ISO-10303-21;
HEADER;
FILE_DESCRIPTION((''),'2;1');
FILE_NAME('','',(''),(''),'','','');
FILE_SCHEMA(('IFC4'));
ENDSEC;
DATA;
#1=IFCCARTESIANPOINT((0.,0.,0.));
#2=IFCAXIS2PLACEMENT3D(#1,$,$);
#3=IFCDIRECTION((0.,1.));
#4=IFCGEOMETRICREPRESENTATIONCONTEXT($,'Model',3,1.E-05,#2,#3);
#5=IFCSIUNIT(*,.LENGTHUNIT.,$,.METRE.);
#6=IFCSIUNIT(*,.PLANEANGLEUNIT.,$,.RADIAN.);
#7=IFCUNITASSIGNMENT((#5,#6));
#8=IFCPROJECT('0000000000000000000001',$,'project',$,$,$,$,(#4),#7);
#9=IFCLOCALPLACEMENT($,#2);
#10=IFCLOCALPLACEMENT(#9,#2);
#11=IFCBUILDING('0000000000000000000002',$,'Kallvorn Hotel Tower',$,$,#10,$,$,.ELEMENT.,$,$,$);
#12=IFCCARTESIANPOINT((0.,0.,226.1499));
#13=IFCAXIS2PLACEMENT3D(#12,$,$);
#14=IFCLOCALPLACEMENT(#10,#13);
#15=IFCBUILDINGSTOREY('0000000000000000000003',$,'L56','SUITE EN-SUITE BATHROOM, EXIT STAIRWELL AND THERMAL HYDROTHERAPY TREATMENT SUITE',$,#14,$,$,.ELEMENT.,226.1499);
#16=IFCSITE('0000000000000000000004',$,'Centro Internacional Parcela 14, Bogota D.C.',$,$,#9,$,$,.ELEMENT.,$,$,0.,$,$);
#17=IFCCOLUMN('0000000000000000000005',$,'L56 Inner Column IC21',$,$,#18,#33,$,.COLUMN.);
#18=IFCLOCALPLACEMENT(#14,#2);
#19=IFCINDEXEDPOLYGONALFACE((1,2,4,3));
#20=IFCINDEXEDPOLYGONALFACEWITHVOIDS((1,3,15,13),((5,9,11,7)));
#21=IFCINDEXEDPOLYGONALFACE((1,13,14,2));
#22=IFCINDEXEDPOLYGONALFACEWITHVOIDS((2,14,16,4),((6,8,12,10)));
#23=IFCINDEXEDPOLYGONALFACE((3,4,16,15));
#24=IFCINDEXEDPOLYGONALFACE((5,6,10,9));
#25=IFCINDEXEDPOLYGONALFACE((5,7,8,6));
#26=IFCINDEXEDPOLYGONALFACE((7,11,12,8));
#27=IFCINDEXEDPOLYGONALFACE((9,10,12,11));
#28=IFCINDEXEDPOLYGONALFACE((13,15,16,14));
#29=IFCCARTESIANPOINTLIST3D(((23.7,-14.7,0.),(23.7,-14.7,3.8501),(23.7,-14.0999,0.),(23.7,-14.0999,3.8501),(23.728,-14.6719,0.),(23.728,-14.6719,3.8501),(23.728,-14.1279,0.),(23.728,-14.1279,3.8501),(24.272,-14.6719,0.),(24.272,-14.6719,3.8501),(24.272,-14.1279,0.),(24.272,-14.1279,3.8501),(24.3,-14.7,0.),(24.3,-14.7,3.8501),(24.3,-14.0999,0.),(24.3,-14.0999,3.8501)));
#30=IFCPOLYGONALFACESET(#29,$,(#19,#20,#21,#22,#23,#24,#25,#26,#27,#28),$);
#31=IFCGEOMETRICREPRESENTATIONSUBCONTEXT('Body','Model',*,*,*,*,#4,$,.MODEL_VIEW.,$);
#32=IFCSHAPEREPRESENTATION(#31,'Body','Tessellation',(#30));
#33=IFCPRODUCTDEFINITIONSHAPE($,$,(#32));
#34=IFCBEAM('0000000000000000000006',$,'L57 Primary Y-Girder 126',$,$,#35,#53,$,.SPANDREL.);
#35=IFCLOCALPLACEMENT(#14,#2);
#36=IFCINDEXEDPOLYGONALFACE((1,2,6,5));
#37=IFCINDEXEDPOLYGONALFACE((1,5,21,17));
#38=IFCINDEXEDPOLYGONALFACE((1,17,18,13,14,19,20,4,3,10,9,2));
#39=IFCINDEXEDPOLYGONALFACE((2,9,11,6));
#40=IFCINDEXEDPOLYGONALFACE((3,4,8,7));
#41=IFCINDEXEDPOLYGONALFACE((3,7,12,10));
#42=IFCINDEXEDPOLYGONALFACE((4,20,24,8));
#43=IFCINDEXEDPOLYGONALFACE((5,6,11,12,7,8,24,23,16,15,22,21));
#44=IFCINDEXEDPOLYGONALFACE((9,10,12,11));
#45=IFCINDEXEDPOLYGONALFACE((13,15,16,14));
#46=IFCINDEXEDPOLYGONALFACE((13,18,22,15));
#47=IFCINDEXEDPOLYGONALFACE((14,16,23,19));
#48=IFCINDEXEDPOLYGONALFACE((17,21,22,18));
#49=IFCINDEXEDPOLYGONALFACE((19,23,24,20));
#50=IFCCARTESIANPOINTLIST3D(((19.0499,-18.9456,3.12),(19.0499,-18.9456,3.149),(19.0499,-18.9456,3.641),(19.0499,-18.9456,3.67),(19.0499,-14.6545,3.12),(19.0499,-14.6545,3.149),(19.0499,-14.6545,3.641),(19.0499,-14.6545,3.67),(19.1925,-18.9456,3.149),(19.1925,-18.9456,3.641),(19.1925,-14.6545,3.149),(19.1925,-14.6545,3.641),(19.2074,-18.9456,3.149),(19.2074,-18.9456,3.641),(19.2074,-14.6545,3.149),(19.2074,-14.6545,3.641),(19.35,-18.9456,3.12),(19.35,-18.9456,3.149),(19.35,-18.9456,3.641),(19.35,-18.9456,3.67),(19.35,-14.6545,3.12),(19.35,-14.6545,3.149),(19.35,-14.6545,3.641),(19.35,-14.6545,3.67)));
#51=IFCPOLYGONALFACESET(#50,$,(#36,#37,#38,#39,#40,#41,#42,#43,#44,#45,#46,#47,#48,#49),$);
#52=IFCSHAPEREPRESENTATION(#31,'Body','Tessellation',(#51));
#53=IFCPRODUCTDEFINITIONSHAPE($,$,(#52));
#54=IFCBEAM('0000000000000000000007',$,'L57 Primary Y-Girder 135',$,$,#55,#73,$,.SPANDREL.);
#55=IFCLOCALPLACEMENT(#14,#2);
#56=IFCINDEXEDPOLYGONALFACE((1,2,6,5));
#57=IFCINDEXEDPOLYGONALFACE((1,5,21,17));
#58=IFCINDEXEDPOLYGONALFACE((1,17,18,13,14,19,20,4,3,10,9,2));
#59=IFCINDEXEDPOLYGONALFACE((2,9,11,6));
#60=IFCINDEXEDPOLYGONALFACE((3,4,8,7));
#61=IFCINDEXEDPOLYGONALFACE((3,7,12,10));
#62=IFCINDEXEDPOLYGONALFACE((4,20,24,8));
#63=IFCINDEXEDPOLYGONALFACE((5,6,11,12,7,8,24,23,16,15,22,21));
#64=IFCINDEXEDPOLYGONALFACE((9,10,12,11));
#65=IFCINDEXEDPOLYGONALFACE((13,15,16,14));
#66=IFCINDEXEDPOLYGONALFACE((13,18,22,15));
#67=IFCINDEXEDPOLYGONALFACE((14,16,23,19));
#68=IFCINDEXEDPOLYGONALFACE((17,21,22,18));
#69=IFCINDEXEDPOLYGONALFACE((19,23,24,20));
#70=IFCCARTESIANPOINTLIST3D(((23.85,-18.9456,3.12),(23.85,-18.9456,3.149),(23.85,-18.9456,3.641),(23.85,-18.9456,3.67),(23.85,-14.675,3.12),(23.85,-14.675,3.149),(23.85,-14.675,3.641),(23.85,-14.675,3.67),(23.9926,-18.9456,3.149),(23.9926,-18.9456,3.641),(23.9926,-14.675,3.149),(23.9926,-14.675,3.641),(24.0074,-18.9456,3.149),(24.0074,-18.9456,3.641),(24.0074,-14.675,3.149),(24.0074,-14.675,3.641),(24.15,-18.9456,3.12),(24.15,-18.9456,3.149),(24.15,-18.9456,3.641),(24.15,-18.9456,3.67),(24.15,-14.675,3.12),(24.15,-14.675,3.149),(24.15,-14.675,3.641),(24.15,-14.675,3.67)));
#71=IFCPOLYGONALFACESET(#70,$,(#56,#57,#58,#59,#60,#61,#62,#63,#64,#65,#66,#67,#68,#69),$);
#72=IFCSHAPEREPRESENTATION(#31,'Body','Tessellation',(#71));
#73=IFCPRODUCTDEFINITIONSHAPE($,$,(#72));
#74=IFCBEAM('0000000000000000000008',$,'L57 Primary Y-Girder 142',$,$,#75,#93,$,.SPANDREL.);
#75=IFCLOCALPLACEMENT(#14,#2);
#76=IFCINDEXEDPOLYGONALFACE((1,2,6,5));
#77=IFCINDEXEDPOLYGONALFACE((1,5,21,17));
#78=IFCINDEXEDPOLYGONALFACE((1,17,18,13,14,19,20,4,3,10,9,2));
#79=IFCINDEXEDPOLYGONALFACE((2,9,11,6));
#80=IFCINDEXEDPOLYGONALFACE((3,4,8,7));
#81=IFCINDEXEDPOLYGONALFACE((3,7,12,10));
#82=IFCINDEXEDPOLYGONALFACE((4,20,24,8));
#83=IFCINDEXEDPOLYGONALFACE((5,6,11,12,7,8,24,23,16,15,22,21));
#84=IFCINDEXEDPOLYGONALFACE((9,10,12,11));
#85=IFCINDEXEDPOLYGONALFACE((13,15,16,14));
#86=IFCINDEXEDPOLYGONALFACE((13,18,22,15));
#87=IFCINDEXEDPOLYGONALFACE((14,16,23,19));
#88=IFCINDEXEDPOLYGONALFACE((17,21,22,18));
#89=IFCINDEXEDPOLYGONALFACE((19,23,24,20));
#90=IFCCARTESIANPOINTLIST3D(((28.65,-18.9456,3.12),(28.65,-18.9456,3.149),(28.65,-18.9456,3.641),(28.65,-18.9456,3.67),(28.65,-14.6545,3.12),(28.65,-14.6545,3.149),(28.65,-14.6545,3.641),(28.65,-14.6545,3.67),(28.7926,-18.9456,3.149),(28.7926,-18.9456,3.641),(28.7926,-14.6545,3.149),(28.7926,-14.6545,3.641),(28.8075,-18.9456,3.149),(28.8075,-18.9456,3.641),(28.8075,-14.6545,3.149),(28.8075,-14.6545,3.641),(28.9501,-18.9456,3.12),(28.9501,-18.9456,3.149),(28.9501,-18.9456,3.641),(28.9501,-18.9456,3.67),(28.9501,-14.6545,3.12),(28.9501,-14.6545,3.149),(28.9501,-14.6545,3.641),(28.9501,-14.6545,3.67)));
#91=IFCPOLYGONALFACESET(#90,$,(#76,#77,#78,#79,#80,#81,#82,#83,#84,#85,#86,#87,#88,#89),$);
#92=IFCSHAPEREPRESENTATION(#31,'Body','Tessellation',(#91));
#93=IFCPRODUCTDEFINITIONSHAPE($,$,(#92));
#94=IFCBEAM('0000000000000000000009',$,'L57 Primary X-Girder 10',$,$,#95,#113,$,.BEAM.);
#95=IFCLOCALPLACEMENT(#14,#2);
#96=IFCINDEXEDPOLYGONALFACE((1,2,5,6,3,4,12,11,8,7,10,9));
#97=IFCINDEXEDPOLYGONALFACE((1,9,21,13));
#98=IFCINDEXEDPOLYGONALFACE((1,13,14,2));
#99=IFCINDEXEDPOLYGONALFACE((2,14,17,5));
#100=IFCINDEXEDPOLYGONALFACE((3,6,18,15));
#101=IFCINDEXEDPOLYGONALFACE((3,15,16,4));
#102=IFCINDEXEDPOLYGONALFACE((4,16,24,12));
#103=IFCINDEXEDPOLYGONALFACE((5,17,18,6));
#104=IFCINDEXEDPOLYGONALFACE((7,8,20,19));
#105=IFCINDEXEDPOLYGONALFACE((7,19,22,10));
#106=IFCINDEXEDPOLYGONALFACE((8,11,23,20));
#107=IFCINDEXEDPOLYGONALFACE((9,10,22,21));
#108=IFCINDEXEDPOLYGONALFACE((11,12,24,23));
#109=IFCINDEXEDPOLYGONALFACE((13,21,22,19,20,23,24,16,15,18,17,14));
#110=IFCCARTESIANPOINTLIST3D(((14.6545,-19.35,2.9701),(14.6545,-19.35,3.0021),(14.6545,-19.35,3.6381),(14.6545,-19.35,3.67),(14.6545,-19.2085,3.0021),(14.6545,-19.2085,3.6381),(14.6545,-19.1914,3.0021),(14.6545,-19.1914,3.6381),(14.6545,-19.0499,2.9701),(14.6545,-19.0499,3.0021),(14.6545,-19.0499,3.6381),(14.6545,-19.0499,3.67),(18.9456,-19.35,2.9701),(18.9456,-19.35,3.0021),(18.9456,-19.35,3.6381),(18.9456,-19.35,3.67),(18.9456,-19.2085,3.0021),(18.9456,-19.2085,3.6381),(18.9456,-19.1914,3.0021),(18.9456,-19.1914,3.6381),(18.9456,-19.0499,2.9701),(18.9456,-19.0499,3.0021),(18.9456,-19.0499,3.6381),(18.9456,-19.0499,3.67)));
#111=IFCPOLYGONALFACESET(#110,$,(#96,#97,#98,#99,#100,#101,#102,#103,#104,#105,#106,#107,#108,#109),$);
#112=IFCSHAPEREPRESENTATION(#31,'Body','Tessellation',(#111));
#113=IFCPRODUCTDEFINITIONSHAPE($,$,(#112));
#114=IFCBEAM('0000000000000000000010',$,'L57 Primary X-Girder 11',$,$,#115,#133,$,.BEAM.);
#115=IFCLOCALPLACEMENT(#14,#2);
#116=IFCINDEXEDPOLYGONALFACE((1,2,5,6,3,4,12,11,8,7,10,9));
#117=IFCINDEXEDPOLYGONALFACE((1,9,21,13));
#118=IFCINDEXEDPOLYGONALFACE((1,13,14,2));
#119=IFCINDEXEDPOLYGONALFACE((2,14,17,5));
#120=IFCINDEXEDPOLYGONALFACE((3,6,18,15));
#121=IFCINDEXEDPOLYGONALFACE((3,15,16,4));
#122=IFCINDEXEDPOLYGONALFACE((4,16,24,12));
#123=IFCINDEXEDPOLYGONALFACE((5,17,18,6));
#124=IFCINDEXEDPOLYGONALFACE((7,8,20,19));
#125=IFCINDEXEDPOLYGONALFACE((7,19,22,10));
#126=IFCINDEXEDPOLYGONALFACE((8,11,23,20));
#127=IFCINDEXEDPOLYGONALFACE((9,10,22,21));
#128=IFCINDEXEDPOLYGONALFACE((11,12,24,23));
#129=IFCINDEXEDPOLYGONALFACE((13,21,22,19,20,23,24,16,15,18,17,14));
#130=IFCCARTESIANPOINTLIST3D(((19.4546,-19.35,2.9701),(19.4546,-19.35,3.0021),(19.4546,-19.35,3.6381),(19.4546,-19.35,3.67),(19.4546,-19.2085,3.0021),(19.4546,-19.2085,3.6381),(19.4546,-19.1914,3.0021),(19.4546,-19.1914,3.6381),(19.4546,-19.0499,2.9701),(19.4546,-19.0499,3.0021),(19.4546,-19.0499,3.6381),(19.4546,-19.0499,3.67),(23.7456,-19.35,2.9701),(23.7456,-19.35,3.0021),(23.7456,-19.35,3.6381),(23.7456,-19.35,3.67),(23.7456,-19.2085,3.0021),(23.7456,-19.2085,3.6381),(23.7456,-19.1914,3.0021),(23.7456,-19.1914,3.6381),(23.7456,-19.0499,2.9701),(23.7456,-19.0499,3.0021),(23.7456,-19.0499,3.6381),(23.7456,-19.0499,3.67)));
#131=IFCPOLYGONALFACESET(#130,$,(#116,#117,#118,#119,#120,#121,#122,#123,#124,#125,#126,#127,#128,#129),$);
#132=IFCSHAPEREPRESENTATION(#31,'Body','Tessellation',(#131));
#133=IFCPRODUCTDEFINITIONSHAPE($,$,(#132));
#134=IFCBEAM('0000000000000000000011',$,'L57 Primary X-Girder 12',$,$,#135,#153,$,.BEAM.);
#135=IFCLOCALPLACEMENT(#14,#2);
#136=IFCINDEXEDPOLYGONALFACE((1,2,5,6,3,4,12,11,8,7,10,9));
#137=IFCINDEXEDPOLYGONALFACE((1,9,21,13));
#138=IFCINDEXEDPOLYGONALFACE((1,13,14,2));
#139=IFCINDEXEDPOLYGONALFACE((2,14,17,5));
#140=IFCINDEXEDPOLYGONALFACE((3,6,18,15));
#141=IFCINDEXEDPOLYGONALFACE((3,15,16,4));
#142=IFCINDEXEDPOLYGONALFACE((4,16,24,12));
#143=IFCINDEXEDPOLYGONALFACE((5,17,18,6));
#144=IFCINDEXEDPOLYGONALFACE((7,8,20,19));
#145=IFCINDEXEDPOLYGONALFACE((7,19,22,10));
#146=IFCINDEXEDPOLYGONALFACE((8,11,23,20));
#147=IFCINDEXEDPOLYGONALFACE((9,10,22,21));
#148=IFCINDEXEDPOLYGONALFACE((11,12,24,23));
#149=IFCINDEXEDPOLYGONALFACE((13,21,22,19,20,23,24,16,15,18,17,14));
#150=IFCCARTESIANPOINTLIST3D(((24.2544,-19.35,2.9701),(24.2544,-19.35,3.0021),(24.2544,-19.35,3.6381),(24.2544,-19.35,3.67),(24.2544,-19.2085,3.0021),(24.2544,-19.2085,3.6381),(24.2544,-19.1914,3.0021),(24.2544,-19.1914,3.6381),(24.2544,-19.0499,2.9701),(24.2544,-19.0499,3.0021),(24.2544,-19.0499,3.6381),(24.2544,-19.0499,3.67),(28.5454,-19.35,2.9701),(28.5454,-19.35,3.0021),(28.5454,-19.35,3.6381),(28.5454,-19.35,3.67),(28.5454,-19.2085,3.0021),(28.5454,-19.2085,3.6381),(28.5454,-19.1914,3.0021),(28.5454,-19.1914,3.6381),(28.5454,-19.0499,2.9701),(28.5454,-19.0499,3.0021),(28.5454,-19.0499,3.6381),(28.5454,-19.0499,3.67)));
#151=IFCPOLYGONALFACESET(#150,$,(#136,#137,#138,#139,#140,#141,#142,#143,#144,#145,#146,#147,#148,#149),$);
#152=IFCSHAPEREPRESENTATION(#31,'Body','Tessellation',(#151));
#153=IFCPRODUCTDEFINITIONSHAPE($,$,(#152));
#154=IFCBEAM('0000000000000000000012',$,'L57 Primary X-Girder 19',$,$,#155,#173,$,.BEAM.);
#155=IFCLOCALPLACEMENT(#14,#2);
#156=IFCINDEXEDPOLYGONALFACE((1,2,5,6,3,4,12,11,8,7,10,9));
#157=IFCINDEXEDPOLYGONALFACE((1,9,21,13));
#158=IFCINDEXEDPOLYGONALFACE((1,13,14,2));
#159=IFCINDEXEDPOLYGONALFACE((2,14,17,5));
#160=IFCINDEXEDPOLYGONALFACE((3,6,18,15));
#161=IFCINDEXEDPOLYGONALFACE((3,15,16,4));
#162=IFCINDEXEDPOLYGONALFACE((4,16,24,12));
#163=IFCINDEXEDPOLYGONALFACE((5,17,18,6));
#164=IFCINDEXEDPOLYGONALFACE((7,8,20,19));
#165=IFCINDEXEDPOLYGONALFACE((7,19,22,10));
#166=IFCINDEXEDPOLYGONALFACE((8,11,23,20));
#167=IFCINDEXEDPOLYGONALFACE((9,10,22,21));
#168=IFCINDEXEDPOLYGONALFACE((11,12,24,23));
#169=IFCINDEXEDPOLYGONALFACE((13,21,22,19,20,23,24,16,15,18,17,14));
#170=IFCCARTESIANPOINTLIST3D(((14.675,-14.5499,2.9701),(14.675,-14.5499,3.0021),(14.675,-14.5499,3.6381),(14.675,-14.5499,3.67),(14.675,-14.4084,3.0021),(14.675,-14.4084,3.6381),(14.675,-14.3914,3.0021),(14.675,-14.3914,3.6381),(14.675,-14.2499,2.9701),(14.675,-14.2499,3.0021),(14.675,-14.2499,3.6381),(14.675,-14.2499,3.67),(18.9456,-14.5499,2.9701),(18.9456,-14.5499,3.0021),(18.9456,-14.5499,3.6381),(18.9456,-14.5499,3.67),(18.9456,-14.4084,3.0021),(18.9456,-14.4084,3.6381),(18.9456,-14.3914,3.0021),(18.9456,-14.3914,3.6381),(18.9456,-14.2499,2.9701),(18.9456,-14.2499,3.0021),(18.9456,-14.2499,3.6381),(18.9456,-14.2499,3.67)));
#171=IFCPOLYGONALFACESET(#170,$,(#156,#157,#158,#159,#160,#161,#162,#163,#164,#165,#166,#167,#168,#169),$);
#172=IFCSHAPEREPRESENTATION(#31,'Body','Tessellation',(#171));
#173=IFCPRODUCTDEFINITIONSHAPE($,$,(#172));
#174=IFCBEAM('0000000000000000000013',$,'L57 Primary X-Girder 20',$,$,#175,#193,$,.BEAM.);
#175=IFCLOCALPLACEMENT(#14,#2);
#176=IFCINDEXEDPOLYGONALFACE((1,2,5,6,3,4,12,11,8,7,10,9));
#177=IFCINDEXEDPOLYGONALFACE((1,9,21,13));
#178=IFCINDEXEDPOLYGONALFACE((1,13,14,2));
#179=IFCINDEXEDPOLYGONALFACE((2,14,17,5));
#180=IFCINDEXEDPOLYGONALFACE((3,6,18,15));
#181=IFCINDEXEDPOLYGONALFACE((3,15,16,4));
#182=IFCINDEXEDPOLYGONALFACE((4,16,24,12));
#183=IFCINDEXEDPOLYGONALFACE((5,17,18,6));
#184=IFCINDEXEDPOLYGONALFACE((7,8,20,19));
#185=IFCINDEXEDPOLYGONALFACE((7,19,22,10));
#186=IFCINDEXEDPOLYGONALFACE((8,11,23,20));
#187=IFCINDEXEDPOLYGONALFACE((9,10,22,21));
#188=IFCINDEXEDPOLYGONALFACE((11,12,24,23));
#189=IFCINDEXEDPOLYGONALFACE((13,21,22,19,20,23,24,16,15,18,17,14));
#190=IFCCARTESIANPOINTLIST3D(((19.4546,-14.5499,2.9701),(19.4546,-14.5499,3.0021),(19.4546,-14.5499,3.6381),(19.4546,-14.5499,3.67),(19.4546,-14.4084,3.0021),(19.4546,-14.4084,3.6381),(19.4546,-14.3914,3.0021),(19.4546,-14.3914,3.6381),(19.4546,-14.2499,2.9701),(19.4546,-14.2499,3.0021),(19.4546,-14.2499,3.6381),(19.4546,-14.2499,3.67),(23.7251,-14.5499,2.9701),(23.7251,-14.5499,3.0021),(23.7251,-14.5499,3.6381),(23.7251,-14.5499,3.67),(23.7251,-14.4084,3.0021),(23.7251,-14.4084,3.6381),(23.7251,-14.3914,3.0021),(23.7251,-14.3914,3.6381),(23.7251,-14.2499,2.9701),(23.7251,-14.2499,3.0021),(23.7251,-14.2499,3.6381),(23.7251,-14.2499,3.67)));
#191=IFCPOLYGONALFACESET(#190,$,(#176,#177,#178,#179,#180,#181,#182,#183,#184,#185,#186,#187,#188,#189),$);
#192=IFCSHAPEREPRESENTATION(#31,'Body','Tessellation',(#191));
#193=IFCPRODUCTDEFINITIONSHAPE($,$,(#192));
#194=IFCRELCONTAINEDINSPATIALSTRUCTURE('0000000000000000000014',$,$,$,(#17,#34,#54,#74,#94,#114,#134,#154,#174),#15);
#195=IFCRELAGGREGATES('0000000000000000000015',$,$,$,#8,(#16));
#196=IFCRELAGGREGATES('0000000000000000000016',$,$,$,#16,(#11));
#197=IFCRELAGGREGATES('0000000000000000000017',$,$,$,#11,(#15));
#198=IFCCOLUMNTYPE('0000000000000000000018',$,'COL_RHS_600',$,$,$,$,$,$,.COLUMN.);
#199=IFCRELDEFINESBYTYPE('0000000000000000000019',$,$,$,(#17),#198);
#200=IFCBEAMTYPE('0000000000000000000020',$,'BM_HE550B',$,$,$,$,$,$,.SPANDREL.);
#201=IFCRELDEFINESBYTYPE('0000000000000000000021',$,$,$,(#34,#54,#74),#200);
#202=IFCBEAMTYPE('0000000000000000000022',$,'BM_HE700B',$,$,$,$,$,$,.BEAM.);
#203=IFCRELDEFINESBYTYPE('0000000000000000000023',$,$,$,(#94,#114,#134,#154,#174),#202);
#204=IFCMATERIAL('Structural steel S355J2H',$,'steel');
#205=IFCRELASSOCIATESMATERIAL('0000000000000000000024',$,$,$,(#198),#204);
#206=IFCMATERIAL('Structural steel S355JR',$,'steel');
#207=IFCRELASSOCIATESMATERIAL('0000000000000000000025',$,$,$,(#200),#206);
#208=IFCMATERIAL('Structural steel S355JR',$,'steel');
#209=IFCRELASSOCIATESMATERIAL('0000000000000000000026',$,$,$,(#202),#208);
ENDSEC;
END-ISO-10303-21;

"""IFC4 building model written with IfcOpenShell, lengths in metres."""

from ifc_helpers import new_model, si_unit, direction, frame, origin, origin_2d, place, context, subcontext, project, spatial, hollow_rectangle, i_section, extrude, material, material_profile, profile_set, type_object, element, save


model = new_model("IFC4")

# Units and contexts
model_context = context("Model", 3, precision=1e-05, world=origin(), true_north=direction((0.0, 1.0)))
body_context = subcontext(model_context, "Body", "Model", "MODEL_VIEW")
ifc_project = project(units=[si_unit("LENGTHUNIT", "METRE"), si_unit("PLANEANGLEUNIT", "RADIAN")], contexts=[model_context])

# Site, building, storey
site_placement = place(None, origin())
site = spatial("IfcSite", under=ifc_project, at=site_placement, Name="Centro Internacional Parcela 14, Bogota D.C.", CompositionType="ELEMENT", RefElevation=0.0)
building_placement = place(site_placement, origin())
building = spatial("IfcBuilding", under=site, at=building_placement, Name="Kallvorn Hotel Tower", CompositionType="ELEMENT")
storey_placement = place(building_placement, frame((0.0, 0.0, 226.1499)))
storey = spatial("IfcBuildingStorey", under=building, at=storey_placement, Name="L56", Description="SUITE EN-SUITE BATHROOM, EXIT STAIRWELL AND THERMAL HYDROTHERAPY TREATMENT SUITE", CompositionType="ELEMENT", Elevation=226.1499)

# Column
ifc_material_1 = material(Name="Structural steel S355J2H", Category="steel")
ifc_material_profile_1 = material_profile(ifc_material_1, hollow_rectangle(XDim=0.6001, YDim=0.6001, WallThickness=0.0281, at=origin_2d()), Name="RHS 600x600x28")
ifc_profile_set_1 = profile_set([ifc_material_profile_1], Name="Structural steel S355J2H")
column_type_1 = type_object("IfcColumnType", Name="COL_RHS_600", PredefinedType="COLUMN", material=ifc_profile_set_1)
column_placement = place(storey_placement, frame((24.0, -14.3999, 0.0), z_axis=(0.0, 0.0, 1.0), x_axis=(1.0, 0.0, 0.0)))
element("IfcColumn", 1, at=column_placement, inside=storey, type_object=column_type_1, Name="L56 Inner Column IC21", PredefinedType="COLUMN", context=body_context, shape_type="SweptSolid", body=[
    extrude(hollow_rectangle(XDim=0.6001, YDim=0.6001, WallThickness=0.0281, at=origin_2d()), origin(), (0.0, 0.0, 1.0), 3.8501),
])

# Beams
ifc_material_2 = material(Name="Structural steel S355JR", Category="steel")
ifc_material_profile_2 = material_profile(ifc_material_2, i_section(OverallWidth=0.3, OverallDepth=0.55, WebThickness=0.0149, FlangeThickness=0.0291, at=origin_2d()), Name="HE 550 B")
ifc_profile_set_2 = profile_set([ifc_material_profile_2], Name="Structural steel S355JR")
beam_type_1 = type_object("IfcBeamType", Name="BM_HE550B", PredefinedType="SPANDREL", material=ifc_profile_set_2)
beam_1_placement = place(storey_placement, frame((19.2, -18.9456, 3.395), z_axis=(0.0, 1.0, 0.0), x_axis=(-1.0, 0.0, 0.0)))
element("IfcBeam", 2, at=beam_1_placement, inside=storey, type_object=beam_type_1, Name="L57 Primary Y-Girder 126", PredefinedType="SPANDREL", context=body_context, shape_type="SweptSolid", body=[
    extrude(i_section(OverallWidth=0.3, OverallDepth=0.55, WebThickness=0.0149, FlangeThickness=0.0291, at=origin_2d()), origin(), (0.0, 0.0, 1.0), 4.291),
])
beam_2_placement = place(storey_placement, frame((24.0, -18.9456, 3.395), z_axis=(0.0, 1.0, 0.0), x_axis=(-1.0, 0.0, 0.0)))
element("IfcBeam", 3, at=beam_2_placement, inside=storey, type_object=beam_type_1, Name="L57 Primary Y-Girder 135", PredefinedType="SPANDREL", context=body_context, shape_type="SweptSolid", body=[
    extrude(i_section(OverallWidth=0.3, OverallDepth=0.55, WebThickness=0.0149, FlangeThickness=0.0291, at=origin_2d()), origin(), (0.0, 0.0, 1.0), 4.2705),
])
beam_3_placement = place(storey_placement, frame((28.8, -18.9456, 3.395), z_axis=(0.0, 1.0, 0.0), x_axis=(-1.0, 0.0, 0.0)))
element("IfcBeam", 4, at=beam_3_placement, inside=storey, type_object=beam_type_1, Name="L57 Primary Y-Girder 142", PredefinedType="SPANDREL", context=body_context, shape_type="SweptSolid", body=[
    extrude(i_section(OverallWidth=0.3, OverallDepth=0.55, WebThickness=0.0149, FlangeThickness=0.0291, at=origin_2d()), origin(), (0.0, 0.0, 1.0), 4.291),
])
ifc_material_3 = material(Name="Structural steel S355JR", Category="steel")
ifc_material_profile_3 = material_profile(ifc_material_3, i_section(OverallWidth=0.3, OverallDepth=0.7, WebThickness=0.0171, FlangeThickness=0.032, at=origin_2d()), Name="HE 700 B")
ifc_profile_set_3 = profile_set([ifc_material_profile_3], Name="Structural steel S355JR")
beam_type_2 = type_object("IfcBeamType", Name="BM_HE700B", PredefinedType="BEAM", material=ifc_profile_set_3)
for number, where, z_axis, x_axis, name in (
    (5, (14.6545, -19.2, 3.3201), (1.0, 0.0, 0.0), (0.0, 1.0, 0.0), "L57 Primary X-Girder 10"),
    (6, (19.4546, -19.2, 3.3201), (1.0, 0.0, 0.0), (0.0, 1.0, 0.0), "L57 Primary X-Girder 11"),
    (7, (24.2544, -19.2, 3.3201), (1.0, 0.0, 0.0), (0.0, 1.0, 0.0), "L57 Primary X-Girder 12"),
):
    element("IfcBeam", number, at=place(storey_placement, frame(where, z_axis=z_axis, x_axis=x_axis)), inside=storey, type_object=beam_type_2, Name=name, PredefinedType="BEAM", context=body_context, shape_type="SweptSolid", body=[
        extrude(i_section(OverallWidth=0.3, OverallDepth=0.7, WebThickness=0.0171, FlangeThickness=0.032, at=origin_2d()), origin(), (0.0, 0.0, 1.0), 4.291),
    ])
for number, where, z_axis, x_axis, name in (
    (8, (14.675, -14.3999, 3.3201), (1.0, 0.0, 0.0), (0.0, 1.0, 0.0), "L57 Primary X-Girder 19"),
    (9, (19.4546, -14.3999, 3.3201), (1.0, 0.0, 0.0), (0.0, 1.0, 0.0), "L57 Primary X-Girder 20"),
):
    element("IfcBeam", number, at=place(storey_placement, frame(where, z_axis=z_axis, x_axis=x_axis)), inside=storey, type_object=beam_type_2, Name=name, PredefinedType="BEAM", context=body_context, shape_type="SweptSolid", body=[
        extrude(i_section(OverallWidth=0.3, OverallDepth=0.7, WebThickness=0.0171, FlangeThickness=0.032, at=origin_2d()), origin(), (0.0, 0.0, 1.0), 4.2705),
    ])

save(model, "model.ifc")
